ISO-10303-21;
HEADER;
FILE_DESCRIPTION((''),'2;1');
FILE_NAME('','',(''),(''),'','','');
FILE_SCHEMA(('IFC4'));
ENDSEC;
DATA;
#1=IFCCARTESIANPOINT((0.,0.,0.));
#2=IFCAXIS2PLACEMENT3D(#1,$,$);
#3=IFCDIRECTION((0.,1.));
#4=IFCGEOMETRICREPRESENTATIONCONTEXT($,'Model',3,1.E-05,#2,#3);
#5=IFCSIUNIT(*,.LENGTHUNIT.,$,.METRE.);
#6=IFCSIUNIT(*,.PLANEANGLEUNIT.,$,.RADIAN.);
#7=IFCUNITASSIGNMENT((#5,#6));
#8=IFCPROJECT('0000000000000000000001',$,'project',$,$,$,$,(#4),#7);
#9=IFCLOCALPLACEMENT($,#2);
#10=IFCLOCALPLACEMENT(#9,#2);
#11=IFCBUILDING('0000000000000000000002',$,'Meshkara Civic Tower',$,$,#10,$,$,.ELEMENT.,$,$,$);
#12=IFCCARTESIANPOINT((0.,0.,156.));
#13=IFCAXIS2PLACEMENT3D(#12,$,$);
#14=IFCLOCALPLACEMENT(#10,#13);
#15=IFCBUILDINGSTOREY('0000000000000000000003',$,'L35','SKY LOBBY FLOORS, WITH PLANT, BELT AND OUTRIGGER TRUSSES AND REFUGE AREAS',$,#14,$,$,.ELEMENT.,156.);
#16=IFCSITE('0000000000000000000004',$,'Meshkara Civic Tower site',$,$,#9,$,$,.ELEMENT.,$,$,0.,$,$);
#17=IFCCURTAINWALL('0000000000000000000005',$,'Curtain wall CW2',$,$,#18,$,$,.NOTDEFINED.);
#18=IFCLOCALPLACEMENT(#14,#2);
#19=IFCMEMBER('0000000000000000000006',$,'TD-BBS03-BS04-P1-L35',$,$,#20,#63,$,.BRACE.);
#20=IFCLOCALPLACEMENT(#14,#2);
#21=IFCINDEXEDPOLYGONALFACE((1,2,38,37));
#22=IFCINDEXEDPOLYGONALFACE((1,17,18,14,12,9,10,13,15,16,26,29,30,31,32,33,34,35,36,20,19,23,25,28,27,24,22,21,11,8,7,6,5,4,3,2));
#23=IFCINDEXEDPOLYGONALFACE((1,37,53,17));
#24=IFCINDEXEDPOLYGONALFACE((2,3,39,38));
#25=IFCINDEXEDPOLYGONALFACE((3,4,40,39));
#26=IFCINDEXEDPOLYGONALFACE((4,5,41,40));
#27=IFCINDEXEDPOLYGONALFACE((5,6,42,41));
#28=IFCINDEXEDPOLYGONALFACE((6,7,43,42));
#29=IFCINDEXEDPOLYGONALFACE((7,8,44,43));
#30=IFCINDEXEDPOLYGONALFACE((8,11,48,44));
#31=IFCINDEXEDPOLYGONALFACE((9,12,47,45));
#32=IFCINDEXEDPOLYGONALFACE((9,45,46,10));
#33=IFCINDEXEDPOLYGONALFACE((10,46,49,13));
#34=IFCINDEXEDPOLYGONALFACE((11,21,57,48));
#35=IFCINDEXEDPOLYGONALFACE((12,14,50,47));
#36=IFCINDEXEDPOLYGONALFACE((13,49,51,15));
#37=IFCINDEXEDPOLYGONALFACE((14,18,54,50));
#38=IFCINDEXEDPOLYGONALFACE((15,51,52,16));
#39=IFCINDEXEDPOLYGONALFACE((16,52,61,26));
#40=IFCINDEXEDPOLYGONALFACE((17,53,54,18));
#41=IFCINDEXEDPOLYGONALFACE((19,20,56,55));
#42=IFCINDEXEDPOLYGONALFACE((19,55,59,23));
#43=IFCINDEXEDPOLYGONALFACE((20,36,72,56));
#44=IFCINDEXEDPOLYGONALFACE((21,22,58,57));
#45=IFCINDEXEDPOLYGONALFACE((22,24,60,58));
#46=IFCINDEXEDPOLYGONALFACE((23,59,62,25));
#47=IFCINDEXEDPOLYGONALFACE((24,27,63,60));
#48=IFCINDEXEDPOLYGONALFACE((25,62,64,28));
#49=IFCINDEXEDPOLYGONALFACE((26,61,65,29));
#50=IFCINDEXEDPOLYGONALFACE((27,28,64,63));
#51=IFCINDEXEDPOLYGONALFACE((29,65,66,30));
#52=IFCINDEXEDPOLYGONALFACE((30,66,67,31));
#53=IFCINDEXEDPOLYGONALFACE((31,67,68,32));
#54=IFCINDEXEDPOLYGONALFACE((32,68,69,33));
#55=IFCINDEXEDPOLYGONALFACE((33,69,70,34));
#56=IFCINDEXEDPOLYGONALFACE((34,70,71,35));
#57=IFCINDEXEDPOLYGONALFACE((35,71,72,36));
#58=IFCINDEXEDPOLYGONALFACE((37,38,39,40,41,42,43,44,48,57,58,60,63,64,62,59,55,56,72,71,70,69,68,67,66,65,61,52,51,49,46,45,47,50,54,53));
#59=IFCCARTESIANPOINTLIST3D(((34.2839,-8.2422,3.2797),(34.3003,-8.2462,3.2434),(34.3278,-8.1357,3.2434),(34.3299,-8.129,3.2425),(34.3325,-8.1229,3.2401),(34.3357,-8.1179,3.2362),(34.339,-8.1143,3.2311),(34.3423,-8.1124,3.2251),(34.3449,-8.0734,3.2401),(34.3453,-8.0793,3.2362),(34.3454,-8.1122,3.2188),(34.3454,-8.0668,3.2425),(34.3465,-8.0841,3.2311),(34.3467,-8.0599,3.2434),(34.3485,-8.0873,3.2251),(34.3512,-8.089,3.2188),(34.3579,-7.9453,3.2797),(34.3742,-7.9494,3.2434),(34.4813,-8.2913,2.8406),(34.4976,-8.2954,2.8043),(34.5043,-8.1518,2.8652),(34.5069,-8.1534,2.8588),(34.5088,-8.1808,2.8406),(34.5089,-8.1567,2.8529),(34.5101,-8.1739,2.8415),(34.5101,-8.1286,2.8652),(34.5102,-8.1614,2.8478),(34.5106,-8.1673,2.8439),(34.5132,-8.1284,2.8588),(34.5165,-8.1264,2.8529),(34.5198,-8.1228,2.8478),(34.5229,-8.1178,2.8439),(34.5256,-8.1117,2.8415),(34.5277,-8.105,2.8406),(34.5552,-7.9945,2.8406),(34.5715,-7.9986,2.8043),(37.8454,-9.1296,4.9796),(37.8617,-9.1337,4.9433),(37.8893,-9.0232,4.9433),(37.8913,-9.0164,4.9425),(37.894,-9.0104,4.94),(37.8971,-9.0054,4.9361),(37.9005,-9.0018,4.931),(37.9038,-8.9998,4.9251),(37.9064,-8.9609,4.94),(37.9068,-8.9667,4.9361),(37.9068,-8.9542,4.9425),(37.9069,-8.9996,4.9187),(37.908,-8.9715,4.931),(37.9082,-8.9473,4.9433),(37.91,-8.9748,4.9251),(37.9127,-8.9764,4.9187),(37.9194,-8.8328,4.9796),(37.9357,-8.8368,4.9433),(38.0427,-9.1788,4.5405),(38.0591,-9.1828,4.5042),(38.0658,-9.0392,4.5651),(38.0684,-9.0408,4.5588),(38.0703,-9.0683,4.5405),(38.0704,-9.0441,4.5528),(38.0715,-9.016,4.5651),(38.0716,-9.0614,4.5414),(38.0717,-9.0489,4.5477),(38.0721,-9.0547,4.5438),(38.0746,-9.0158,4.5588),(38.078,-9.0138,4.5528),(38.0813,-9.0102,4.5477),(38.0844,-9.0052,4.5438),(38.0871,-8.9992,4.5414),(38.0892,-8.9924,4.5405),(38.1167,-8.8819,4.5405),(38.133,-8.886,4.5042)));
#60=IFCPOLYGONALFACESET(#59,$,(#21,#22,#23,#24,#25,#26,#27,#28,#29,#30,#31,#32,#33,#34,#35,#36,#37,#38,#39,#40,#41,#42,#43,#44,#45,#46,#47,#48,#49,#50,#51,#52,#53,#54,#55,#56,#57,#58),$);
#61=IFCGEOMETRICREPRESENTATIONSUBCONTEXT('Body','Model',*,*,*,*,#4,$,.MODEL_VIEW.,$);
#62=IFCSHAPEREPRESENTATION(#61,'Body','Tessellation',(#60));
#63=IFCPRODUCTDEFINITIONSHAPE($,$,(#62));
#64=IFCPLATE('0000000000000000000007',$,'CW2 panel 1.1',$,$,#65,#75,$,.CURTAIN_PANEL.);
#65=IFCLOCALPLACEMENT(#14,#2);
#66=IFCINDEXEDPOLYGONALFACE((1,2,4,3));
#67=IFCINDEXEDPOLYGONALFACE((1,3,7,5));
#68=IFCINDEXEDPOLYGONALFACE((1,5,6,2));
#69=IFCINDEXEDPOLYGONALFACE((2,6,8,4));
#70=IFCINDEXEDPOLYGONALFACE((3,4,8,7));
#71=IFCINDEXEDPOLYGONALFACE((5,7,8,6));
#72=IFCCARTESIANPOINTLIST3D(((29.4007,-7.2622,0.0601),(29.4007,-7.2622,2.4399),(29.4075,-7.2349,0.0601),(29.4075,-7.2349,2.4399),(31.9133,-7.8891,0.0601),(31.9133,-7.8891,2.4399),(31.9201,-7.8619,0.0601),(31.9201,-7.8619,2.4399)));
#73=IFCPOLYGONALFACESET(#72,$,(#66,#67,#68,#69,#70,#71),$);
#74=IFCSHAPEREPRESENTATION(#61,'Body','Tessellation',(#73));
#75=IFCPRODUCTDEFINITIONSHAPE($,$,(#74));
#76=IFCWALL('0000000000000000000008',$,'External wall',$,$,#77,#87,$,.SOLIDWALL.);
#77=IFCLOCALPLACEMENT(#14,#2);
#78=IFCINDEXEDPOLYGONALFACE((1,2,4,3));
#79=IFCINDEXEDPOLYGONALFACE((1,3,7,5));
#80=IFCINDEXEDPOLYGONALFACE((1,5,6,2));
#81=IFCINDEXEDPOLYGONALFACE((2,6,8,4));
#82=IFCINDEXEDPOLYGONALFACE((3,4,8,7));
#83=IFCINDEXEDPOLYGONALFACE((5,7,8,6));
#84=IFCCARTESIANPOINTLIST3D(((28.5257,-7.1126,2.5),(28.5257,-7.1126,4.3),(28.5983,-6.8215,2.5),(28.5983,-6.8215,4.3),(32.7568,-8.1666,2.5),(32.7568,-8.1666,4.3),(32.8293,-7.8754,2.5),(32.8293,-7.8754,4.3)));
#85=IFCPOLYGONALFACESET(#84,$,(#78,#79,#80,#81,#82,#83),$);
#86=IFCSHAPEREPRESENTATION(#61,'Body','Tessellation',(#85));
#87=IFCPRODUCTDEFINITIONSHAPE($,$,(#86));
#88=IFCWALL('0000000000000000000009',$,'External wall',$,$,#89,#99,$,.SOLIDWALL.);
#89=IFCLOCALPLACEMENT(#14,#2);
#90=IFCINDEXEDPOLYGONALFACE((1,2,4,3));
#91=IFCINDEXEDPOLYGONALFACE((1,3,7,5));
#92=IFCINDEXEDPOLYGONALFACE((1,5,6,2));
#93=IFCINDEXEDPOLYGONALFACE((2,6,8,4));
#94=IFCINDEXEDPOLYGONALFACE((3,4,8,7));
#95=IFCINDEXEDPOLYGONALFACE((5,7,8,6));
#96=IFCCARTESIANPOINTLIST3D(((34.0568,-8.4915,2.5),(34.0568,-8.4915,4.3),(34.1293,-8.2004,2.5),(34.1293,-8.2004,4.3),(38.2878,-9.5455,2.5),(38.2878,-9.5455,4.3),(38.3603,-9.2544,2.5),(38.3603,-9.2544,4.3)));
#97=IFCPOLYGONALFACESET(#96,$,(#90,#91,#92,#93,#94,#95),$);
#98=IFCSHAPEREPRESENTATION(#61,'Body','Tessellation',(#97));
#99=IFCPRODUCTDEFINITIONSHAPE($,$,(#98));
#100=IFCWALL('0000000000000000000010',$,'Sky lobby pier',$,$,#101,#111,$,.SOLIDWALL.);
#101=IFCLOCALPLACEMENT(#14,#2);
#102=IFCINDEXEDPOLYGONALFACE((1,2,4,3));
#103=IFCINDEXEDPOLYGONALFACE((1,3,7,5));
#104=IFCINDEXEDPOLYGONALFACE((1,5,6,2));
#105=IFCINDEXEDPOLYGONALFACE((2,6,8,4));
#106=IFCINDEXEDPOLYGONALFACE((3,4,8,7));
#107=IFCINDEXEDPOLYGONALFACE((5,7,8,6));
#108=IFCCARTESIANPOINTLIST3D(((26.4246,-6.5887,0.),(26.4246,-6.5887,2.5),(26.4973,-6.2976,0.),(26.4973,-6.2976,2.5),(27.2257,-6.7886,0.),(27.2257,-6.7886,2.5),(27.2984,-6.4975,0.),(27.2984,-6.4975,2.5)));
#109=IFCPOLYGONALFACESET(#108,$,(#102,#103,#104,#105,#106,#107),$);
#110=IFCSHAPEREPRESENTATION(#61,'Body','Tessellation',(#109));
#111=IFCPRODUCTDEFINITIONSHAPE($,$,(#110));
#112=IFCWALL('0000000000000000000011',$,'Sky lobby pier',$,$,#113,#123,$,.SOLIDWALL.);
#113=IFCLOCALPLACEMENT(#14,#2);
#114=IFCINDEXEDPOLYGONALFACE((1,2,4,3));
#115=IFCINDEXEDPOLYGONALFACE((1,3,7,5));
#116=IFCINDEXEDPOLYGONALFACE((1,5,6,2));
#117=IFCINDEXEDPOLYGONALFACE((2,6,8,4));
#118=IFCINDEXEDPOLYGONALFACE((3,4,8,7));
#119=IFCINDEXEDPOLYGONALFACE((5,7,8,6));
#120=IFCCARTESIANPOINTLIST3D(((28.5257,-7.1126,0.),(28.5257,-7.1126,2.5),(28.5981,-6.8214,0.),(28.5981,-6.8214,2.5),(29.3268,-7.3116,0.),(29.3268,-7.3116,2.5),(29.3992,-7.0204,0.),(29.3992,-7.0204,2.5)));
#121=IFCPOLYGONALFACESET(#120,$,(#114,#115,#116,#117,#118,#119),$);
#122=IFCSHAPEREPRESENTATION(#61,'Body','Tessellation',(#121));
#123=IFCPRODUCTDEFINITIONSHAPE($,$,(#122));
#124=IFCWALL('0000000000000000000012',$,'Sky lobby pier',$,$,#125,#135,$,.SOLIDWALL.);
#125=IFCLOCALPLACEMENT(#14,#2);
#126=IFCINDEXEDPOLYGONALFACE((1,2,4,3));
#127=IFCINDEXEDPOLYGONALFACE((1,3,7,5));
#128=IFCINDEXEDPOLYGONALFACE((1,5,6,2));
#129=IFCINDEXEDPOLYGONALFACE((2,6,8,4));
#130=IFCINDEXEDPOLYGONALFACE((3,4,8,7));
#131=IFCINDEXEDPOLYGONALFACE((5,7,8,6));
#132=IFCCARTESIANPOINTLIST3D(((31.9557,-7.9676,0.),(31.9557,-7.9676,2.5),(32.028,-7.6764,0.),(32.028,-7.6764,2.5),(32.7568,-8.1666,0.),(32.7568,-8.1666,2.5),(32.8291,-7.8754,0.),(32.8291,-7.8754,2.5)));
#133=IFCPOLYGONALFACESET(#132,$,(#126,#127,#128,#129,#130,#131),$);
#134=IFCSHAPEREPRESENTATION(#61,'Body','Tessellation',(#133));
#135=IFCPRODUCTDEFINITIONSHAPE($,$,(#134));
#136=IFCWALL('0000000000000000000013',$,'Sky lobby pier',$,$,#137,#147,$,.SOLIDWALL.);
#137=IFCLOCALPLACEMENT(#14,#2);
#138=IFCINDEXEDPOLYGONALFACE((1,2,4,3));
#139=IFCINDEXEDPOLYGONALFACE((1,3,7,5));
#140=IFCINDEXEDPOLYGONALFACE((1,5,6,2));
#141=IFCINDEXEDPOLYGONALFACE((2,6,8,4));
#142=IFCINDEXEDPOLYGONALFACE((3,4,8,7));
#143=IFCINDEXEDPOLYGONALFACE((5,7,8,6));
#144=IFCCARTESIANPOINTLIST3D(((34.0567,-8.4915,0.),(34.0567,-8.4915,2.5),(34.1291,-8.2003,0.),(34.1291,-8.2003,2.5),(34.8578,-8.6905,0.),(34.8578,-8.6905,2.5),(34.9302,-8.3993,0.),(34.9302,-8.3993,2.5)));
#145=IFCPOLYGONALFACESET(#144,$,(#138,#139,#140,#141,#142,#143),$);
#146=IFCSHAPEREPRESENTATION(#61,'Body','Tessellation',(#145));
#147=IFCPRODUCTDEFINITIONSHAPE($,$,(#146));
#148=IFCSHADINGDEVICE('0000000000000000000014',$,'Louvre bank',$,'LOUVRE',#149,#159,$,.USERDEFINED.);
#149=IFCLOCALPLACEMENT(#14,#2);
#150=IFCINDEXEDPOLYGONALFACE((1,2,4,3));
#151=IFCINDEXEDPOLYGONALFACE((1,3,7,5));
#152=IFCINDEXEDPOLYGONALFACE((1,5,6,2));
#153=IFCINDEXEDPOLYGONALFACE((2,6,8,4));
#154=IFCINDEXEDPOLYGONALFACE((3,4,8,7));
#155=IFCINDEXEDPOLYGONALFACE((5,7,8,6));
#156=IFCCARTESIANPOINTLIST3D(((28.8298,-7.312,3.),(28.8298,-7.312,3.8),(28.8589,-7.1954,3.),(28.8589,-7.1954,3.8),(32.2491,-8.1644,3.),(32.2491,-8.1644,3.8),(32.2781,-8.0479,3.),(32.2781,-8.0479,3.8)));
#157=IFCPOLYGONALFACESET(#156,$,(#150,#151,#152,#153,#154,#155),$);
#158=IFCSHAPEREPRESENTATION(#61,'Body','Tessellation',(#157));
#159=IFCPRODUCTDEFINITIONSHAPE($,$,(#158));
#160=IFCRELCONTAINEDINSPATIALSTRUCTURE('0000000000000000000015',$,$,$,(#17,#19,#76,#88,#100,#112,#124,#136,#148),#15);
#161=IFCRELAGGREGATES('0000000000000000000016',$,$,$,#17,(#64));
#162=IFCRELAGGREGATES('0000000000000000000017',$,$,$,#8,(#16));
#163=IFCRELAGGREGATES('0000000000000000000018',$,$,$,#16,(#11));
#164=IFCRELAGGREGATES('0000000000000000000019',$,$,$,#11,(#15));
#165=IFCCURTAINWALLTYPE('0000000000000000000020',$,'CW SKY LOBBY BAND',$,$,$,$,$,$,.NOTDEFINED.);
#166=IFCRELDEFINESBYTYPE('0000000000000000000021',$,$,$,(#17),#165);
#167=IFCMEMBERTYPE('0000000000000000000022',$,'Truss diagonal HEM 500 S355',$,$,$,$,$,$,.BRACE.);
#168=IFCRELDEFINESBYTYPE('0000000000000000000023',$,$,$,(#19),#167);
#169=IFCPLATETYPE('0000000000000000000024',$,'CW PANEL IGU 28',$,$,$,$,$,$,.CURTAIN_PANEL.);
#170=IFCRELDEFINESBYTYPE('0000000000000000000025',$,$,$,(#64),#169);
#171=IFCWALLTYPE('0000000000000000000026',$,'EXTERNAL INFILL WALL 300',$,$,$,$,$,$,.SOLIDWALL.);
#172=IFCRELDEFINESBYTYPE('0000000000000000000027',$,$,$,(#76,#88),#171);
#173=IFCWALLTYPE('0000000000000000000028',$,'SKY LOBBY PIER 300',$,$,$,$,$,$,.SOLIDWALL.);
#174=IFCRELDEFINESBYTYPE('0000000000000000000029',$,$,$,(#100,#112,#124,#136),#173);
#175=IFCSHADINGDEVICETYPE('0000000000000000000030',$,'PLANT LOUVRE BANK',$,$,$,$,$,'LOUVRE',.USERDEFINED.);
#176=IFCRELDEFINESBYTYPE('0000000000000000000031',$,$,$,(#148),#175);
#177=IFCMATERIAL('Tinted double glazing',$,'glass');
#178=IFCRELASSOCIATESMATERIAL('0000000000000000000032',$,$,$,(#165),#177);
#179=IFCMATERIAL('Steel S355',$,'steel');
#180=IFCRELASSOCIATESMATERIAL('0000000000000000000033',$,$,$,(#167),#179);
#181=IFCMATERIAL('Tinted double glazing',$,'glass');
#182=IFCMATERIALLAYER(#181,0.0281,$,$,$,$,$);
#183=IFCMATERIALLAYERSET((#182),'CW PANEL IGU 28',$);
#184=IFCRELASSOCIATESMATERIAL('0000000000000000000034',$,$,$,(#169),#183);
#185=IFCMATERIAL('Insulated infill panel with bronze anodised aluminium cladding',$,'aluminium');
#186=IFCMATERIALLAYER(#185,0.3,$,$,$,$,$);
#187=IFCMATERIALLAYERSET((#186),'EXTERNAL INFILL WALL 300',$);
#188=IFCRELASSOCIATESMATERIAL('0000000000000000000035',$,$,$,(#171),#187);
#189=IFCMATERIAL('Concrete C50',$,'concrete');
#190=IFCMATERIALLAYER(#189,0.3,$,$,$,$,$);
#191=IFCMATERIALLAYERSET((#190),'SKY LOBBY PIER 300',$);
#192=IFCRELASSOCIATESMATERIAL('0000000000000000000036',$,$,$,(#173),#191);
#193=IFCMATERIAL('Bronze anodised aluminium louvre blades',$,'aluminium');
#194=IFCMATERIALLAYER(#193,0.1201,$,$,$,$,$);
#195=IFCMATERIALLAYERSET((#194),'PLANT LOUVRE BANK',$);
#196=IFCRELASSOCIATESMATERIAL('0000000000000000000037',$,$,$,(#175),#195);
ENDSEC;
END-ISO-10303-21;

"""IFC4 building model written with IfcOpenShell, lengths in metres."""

from ifc_helpers import new_model, si_unit, direction, frame, frame_2d, origin, origin_2d, place, context, subcontext, project, spatial, rectangle, i_section, extrude, material, layer, layer_set, material_profile, profile_set, type_object, element, aggregate, save


model = new_model("IFC4")

# Units and contexts
model_context = context("Model", 3, precision=1e-05, world=origin(), true_north=direction((0.0, 1.0)))
body_context = subcontext(model_context, "Body", "Model", "MODEL_VIEW")
ifc_project = project(units=[si_unit("LENGTHUNIT", "METRE"), si_unit("PLANEANGLEUNIT", "RADIAN")], contexts=[model_context])

# Site, building, storey
site_placement = place(None, origin())
site = spatial("IfcSite", under=ifc_project, at=site_placement, Name="Meshkara Civic Tower site", CompositionType="ELEMENT", RefElevation=0.0)
building_placement = place(site_placement, origin())
building = spatial("IfcBuilding", under=site, at=building_placement, Name="Meshkara Civic Tower", CompositionType="ELEMENT")
storey_placement = place(building_placement, frame((0.0, 0.0, 156.0)))
storey = spatial("IfcBuildingStorey", under=building, at=storey_placement, Name="L35", Description="SKY LOBBY FLOORS, WITH PLANT, BELT AND OUTRIGGER TRUSSES AND REFUGE AREAS", CompositionType="ELEMENT", Elevation=156.0)

# Shared definitions
ifc_material_1 = material(Name="Tinted double glazing", Category="glass")
curtain_wall_type = type_object("IfcCurtainWallType", Name="CW SKY LOBBY BAND", PredefinedType="NOTDEFINED", material=ifc_material_1)

# Curtain wall
curtain_wall_1_placement = place(storey_placement, origin())
curtain_wall_1 = element("IfcCurtainWall", 1, at=curtain_wall_1_placement, inside=storey, type_object=curtain_wall_type, Name="Curtain wall CW2", PredefinedType="NOTDEFINED")

# Member
ifc_material_2 = material(Name="Steel S355", Category="steel")
ifc_material_profile_1 = material_profile(ifc_material_2, i_section(OverallWidth=0.3059, OverallDepth=0.5239, WebThickness=0.0239, FlangeThickness=0.04, FilletRadius=0.0271, at=origin_2d()))
ifc_profile_set_1 = profile_set([ifc_material_profile_1], Name="Steel S355")
member_type_1 = type_object("IfcMemberType", Name="Truss diagonal HEM 500 S355", PredefinedType="BRACE", material=ifc_profile_set_1)
member_1_placement = place(storey_placement, frame((34.4277, -8.1204, 3.042), z_axis=(0.88048, -0.219396, 0.420262), x_axis=(0.241784, 0.97033, 0.0)))
element("IfcMember", 2, at=member_1_placement, inside=storey, type_object=member_type_1, Name="TD-BBS03-BS04-P1-L35", PredefinedType="BRACE", context=body_context, shape_type="SweptSolid", body=[
    extrude(i_section(OverallWidth=0.3059, OverallDepth=0.5239, WebThickness=0.0239, FlangeThickness=0.04, FilletRadius=0.0271, at=origin_2d()), origin(), (0.0, 0.0, 1.0), 4.0449),
])

# Plate
ifc_material_3 = material(Name="Tinted double glazing", Category="glass")
ifc_layer_1 = layer(ifc_material_3, 0.0281)
ifc_layer_set_1 = layer_set([ifc_layer_1], Name="CW PANEL IGU 28")
plate_type = type_object("IfcPlateType", Name="CW PANEL IGU 28", PredefinedType="CURTAIN_PANEL", material=ifc_layer_set_1)
plate_placement = place(storey_placement, frame((30.6604, -7.562, 0.0601), z_axis=(0.0, 0.0, 1.0), x_axis=(0.970251, -0.242101, 0.0)))
plate = element("IfcPlate", 3, at=plate_placement, type_object=plate_type, Name="CW2 panel 1.1", PredefinedType="CURTAIN_PANEL", context=body_context, shape_type="SweptSolid", body=[
    extrude(rectangle(XDim=2.5896, YDim=0.0281, at=origin_2d()), origin(), (0.0, 0.0, 1.0), 2.3799),
])
aggregate(curtain_wall_1, [plate])

# Walls
ifc_material_4 = material(Name="Insulated infill panel with bronze anodised aluminium cladding", Category="aluminium")
ifc_layer_2 = layer(ifc_material_4, 0.3)
ifc_layer_set_2 = layer_set([ifc_layer_2], Name="EXTERNAL INFILL WALL 300")
wall_type_1 = type_object("IfcWallType", Name="EXTERNAL INFILL WALL 300", PredefinedType="SOLIDWALL", material=ifc_layer_set_2)
for number, where, z_axis, x_axis, name in (
    (4, (28.562, -6.967, 2.5), (0.0, 0.0, 1.0), (0.970346, -0.241719, 0.0), "External wall"),
    (5, (34.093, -8.3459, 2.5), (0.0, 0.0, 1.0), (0.970346, -0.241719, 0.0), "External wall"),
):
    element("IfcWall", number, at=place(storey_placement, frame(where, z_axis=z_axis, x_axis=x_axis)), inside=storey, type_object=wall_type_1, Name=name, PredefinedType="SOLIDWALL", context=body_context, shape_type="SweptSolid", body=[
        extrude(rectangle(XDim=4.3604, YDim=0.3, at=frame_2d((2.1802, 0.0))), origin(), (0.0, 0.0, 1.0), 1.8),
    ])
ifc_material_5 = material(Name="Concrete C50", Category="concrete")
ifc_layer_3 = layer(ifc_material_5, 0.3)
ifc_layer_set_3 = layer_set([ifc_layer_3], Name="SKY LOBBY PIER 300")
wall_type_2 = type_object("IfcWallType", Name="SKY LOBBY PIER 300", PredefinedType="SOLIDWALL", material=ifc_layer_set_3)
wall_placement = place(storey_placement, frame((26.4609, -6.4431, 0.0), z_axis=(0.0, 0.0, 1.0), x_axis=(0.970229, -0.242188, 0.0)))
element("IfcWall", 6, at=wall_placement, inside=storey, type_object=wall_type_2, Name="Sky lobby pier", PredefinedType="SOLIDWALL", context=body_context, shape_type="SweptSolid", body=[
    extrude(rectangle(XDim=0.8257, YDim=0.3, at=frame_2d((0.4128, 0.0))), origin(), (0.0, 0.0, 1.0), 2.5),
])
for number, where, z_axis, x_axis, name in (
    (7, (28.562, -6.967, 0.0), (0.0, 0.0, 1.0), (0.970507, -0.241074, 0.0), "Sky lobby pier"),
    (8, (31.9919, -7.822, 0.0), (0.0, 0.0, 1.0), (0.970507, -0.241074, 0.0), "Sky lobby pier"),
    (9, (34.093, -8.3459, 0.0), (0.0, 0.0, 1.0), (0.970507, -0.241074, 0.0), "Sky lobby pier"),
):
    element("IfcWall", number, at=place(storey_placement, frame(where, z_axis=z_axis, x_axis=x_axis)), inside=storey, type_object=wall_type_2, Name=name, PredefinedType="SOLIDWALL", context=body_context, shape_type="SweptSolid", body=[
        extrude(rectangle(XDim=0.8254, YDim=0.3, at=frame_2d((0.4126, 0.0))), origin(), (0.0, 0.0, 1.0), 2.5),
    ])

# Shading device
ifc_material_6 = material(Name="Bronze anodised aluminium louvre blades", Category="aluminium")
ifc_layer_4 = layer(ifc_material_6, 0.1201)
ifc_layer_set_4 = layer_set([ifc_layer_4], Name="PLANT LOUVRE BANK")
shading_device_type = type_object("IfcShadingDeviceType", Name="PLANT LOUVRE BANK", ElementType="LOUVRE", PredefinedType="USERDEFINED", material=ifc_layer_set_4)
shading_device_placement = place(storey_placement, frame((30.554, -7.6799, 3.0), z_axis=(0.0, 0.0, 1.0), x_axis=(0.9703, -0.241905, 0.0)))
element("IfcShadingDevice", 10, at=shading_device_placement, inside=storey, type_object=shading_device_type, Name="Louvre bank", ObjectType="LOUVRE", PredefinedType="USERDEFINED", context=body_context, shape_type="SweptSolid", body=[
    extrude(rectangle(XDim=3.5239, YDim=0.1201, at=origin_2d()), origin(), (0.0, 0.0, 1.0), 0.8),
])

save(model, "model.ifc")
